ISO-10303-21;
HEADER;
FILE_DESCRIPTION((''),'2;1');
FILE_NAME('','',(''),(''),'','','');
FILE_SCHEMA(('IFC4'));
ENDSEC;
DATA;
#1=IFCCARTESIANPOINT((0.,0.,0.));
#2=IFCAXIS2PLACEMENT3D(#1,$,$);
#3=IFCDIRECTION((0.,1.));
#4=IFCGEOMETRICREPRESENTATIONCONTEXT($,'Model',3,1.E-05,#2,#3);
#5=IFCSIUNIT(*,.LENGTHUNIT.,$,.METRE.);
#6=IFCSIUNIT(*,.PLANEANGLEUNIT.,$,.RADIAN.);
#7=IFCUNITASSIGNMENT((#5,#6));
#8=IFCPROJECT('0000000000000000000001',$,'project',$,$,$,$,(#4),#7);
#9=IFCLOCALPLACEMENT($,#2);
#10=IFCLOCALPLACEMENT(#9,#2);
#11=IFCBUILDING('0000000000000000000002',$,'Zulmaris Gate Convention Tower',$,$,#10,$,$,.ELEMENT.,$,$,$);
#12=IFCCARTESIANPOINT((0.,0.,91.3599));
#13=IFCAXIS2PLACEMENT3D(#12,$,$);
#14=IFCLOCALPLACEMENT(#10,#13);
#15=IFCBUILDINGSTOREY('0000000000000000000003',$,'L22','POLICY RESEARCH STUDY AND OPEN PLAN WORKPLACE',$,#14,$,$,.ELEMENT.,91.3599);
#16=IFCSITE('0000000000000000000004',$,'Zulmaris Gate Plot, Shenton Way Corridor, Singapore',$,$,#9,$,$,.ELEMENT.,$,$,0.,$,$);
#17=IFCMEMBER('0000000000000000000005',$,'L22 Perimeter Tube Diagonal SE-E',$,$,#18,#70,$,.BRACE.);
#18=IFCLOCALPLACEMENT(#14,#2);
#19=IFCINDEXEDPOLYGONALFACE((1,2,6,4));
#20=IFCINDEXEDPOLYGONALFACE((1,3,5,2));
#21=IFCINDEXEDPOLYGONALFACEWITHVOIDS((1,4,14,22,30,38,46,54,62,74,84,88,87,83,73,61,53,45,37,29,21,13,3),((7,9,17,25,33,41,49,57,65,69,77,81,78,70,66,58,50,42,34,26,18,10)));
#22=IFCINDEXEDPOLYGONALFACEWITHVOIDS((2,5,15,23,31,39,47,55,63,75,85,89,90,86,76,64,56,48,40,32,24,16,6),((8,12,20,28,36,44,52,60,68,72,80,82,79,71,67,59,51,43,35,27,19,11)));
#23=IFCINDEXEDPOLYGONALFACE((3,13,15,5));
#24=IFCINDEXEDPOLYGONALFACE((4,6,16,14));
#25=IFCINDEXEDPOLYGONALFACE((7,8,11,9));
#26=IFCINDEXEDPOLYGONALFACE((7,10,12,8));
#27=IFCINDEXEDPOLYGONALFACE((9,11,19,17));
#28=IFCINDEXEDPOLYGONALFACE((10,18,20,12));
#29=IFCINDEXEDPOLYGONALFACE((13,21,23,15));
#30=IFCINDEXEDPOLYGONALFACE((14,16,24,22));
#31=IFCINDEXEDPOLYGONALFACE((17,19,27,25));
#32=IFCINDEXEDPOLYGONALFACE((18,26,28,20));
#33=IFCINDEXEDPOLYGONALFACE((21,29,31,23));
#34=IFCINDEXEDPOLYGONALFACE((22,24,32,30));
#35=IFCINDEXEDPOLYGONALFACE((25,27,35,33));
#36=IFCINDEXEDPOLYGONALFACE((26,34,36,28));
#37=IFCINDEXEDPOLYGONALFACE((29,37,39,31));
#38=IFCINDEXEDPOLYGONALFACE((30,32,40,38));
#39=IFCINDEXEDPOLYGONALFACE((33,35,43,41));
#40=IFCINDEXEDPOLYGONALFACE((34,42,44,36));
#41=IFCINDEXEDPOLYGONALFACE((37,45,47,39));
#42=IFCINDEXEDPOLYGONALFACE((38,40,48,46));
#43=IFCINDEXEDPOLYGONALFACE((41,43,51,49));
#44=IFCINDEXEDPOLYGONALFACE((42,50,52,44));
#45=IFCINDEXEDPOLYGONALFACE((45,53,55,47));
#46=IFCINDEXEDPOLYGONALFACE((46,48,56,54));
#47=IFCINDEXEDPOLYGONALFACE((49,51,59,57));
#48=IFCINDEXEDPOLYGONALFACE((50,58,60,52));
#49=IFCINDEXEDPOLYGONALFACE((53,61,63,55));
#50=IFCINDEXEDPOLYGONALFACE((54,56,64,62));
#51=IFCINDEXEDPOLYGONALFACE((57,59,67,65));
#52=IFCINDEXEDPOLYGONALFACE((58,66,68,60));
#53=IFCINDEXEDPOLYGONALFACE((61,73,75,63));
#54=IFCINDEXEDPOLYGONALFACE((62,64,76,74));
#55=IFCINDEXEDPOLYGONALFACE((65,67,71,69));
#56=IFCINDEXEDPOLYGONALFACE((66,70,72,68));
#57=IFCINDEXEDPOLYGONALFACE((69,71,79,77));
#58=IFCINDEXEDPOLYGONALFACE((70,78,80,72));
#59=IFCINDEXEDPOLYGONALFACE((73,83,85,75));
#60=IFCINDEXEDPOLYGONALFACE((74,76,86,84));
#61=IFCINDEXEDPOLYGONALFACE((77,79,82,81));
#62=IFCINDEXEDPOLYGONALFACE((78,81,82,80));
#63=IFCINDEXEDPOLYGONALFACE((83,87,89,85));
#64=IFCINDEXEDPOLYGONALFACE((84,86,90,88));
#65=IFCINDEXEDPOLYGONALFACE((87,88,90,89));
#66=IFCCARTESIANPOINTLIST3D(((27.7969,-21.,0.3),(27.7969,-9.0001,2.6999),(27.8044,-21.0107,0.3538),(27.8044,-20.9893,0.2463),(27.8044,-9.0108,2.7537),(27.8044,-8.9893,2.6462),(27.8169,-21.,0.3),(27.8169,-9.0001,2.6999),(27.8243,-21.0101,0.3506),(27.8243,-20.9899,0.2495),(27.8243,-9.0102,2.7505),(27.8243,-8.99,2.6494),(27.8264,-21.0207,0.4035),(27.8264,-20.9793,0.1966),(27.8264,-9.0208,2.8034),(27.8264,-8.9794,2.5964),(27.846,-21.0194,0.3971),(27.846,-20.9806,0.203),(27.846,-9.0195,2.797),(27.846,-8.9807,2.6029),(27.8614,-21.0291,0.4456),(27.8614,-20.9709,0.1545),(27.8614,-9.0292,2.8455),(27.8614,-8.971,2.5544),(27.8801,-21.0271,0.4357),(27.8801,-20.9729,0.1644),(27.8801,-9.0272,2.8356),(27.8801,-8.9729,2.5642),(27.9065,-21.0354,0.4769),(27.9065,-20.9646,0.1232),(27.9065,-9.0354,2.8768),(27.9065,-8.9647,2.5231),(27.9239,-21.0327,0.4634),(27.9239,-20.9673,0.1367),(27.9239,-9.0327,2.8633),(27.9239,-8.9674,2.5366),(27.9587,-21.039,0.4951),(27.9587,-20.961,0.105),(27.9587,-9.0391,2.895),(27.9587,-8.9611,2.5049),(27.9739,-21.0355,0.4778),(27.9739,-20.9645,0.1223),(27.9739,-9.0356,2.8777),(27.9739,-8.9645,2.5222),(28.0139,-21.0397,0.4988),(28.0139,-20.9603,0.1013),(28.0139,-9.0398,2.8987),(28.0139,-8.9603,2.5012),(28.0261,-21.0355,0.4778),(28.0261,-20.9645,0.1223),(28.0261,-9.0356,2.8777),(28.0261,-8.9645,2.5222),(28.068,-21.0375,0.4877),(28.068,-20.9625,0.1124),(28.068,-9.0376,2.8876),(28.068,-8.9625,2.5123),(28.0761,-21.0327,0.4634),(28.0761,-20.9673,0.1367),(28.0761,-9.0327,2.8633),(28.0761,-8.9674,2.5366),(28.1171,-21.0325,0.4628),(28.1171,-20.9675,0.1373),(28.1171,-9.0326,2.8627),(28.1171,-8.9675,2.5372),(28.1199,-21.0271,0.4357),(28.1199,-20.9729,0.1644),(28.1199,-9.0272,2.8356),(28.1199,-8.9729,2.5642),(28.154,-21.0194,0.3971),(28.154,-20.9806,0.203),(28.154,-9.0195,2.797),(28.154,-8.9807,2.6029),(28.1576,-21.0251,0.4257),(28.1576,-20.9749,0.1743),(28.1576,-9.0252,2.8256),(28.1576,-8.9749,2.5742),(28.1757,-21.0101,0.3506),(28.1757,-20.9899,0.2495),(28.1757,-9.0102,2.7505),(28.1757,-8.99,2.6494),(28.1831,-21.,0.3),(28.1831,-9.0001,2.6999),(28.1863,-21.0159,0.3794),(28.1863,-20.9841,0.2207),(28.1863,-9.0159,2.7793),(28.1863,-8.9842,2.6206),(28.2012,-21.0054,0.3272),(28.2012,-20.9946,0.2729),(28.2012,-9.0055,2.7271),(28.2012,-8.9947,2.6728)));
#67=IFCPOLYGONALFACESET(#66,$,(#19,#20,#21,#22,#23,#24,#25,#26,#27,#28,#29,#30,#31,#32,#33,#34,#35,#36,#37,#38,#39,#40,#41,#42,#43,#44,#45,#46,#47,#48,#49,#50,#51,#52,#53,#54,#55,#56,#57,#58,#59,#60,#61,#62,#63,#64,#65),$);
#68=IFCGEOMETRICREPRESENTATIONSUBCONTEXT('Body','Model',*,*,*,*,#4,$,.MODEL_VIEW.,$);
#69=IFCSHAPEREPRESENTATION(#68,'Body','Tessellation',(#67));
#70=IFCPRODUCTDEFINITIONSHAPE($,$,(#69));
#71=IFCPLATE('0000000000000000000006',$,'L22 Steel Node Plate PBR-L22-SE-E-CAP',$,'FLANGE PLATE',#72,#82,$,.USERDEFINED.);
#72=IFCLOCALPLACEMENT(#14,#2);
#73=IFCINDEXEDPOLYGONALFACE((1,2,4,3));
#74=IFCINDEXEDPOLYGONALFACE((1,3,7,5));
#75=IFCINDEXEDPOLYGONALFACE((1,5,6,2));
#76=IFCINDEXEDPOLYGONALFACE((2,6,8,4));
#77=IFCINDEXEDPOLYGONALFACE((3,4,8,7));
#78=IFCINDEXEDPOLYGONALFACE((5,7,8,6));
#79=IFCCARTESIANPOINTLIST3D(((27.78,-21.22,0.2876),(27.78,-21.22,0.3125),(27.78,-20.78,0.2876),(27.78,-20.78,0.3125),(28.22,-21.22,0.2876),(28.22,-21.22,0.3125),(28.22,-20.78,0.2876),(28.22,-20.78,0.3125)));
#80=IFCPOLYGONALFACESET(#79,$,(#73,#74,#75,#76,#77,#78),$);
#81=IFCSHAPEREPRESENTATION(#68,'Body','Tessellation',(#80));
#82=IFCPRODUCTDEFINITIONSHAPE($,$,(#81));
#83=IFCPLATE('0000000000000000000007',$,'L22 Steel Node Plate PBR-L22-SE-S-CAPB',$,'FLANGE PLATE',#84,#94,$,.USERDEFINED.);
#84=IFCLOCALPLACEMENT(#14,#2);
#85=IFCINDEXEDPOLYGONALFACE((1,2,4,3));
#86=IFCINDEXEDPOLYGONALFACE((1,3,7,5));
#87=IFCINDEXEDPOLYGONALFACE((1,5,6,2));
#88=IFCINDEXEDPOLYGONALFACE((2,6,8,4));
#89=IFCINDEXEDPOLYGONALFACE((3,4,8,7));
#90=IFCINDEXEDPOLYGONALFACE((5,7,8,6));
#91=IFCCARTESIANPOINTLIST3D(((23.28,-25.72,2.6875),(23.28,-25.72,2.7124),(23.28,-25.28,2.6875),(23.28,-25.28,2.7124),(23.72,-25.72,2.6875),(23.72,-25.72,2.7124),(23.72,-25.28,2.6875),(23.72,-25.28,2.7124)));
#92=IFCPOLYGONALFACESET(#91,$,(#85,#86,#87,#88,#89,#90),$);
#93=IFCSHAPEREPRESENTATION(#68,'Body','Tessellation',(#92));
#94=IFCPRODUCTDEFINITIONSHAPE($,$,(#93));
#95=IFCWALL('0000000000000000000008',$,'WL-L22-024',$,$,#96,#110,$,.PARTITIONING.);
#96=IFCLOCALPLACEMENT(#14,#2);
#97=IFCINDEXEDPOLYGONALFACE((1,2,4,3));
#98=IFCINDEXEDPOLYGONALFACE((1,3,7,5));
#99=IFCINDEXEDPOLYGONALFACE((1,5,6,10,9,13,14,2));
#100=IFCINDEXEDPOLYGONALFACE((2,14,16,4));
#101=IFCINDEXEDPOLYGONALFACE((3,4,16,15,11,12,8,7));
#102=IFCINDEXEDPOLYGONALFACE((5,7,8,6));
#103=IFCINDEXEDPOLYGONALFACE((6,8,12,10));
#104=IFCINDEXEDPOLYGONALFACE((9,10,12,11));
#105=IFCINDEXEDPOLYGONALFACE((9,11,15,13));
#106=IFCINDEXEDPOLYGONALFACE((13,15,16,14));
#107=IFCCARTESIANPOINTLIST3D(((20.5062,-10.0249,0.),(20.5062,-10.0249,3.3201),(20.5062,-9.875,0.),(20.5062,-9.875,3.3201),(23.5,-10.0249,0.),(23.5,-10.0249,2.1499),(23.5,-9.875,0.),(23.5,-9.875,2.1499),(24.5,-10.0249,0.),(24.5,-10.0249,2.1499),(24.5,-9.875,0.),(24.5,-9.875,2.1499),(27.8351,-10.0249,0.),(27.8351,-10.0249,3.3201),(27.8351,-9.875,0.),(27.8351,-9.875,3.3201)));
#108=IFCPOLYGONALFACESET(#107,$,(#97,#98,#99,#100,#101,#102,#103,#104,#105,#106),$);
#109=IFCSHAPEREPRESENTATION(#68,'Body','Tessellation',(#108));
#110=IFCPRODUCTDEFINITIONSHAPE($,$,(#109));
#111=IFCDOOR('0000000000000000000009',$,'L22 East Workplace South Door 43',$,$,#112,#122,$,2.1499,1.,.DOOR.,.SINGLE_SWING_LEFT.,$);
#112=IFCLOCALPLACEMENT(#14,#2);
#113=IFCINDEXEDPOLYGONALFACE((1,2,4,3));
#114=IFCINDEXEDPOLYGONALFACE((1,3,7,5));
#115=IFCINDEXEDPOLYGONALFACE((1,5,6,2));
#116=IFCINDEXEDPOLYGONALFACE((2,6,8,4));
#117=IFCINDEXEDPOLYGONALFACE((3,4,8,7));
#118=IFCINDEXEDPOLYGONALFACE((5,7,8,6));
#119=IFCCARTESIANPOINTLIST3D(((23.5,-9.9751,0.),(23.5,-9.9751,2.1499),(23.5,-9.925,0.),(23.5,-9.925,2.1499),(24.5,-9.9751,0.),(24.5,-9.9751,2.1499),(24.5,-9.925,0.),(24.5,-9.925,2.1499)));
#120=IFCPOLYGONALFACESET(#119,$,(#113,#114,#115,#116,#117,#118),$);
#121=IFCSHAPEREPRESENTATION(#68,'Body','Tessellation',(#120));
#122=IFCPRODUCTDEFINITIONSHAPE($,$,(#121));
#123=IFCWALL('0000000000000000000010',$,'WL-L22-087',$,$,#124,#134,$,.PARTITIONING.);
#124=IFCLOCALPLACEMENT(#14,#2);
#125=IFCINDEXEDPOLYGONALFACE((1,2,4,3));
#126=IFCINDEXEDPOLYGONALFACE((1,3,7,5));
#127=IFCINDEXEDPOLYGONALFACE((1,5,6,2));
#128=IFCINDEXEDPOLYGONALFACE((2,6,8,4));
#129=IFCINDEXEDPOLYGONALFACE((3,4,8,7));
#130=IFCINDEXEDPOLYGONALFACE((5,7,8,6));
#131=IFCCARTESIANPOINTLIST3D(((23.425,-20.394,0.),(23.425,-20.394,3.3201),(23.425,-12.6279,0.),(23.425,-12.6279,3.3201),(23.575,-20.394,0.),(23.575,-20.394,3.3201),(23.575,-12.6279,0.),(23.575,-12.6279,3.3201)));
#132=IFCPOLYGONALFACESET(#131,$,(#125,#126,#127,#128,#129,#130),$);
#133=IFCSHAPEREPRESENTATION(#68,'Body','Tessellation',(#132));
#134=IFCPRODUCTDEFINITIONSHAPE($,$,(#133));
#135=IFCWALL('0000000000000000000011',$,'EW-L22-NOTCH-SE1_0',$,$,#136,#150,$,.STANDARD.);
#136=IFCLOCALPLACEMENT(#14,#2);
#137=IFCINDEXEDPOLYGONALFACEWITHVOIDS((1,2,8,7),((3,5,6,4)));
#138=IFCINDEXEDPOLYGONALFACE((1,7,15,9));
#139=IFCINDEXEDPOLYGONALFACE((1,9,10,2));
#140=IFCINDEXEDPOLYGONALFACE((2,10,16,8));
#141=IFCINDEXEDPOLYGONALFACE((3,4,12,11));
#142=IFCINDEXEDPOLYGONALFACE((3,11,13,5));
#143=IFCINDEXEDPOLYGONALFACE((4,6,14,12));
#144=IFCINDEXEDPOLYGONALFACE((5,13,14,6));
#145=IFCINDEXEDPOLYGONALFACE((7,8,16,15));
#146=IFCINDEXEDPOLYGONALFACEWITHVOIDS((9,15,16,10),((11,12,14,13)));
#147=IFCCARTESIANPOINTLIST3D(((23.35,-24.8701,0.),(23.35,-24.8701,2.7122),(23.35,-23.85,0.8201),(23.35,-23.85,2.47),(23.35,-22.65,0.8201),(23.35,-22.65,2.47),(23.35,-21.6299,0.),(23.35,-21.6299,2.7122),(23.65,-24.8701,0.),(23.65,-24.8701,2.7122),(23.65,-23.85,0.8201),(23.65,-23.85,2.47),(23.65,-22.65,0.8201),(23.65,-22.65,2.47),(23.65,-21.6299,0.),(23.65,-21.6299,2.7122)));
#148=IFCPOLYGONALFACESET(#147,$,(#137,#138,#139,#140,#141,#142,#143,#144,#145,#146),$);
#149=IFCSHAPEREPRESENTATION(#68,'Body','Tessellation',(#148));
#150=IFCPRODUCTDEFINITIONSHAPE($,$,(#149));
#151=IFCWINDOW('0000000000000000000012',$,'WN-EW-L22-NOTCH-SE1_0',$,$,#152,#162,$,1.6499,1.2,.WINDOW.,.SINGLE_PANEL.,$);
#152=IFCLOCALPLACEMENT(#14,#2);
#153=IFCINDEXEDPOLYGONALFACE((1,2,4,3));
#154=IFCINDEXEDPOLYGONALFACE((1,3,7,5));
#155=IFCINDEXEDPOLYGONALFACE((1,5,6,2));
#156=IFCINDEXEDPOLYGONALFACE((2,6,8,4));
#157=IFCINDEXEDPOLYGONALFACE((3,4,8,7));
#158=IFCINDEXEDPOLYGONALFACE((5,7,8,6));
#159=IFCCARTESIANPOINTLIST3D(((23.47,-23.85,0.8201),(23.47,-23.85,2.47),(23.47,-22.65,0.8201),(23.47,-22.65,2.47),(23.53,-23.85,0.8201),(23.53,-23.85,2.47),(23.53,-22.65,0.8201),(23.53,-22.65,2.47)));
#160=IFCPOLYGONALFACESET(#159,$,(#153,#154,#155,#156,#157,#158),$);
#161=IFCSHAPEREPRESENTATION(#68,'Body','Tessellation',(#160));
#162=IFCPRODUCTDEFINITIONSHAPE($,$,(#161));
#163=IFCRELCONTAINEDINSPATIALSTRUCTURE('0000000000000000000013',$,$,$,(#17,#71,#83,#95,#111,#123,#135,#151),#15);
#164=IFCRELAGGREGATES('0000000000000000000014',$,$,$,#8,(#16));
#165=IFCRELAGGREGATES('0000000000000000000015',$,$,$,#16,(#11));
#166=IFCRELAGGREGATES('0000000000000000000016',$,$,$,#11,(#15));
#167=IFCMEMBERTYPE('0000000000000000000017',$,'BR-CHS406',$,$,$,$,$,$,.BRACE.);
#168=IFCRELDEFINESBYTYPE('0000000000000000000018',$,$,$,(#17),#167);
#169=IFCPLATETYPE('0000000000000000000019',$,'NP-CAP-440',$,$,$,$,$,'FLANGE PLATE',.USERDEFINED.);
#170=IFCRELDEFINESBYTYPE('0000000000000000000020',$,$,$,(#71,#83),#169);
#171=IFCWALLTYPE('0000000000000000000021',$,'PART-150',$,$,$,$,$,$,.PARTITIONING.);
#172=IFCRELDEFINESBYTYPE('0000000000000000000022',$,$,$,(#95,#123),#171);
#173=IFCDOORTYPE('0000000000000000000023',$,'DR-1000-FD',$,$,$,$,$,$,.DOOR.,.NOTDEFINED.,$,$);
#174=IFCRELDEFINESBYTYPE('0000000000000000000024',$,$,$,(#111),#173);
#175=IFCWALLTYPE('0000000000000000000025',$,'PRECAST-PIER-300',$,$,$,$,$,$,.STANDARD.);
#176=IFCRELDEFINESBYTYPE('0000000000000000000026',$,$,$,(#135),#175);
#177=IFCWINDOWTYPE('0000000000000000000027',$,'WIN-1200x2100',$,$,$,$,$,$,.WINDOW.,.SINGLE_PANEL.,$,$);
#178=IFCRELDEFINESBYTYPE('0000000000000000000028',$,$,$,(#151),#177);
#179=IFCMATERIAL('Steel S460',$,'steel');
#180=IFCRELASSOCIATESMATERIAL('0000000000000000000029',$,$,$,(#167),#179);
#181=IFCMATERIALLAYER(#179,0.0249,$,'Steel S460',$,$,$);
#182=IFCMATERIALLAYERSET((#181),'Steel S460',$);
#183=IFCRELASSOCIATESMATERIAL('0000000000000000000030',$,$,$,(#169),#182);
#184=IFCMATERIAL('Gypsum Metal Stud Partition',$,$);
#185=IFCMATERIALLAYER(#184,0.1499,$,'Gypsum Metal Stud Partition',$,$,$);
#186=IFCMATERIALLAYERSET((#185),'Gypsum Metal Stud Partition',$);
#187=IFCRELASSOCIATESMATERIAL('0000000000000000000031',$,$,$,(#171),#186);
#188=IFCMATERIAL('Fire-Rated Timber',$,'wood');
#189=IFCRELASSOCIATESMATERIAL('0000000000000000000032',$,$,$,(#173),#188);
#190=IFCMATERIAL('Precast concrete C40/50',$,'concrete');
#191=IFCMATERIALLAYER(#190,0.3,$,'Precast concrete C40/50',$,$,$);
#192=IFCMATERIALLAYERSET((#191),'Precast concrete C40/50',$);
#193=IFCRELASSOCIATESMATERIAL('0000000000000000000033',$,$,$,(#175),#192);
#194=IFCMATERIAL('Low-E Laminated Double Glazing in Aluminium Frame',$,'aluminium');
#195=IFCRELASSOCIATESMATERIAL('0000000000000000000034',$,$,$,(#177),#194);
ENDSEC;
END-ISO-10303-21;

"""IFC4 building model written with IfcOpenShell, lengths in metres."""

from ifc_helpers import new_model, si_unit, direction, frame, frame_2d, origin, origin_2d, place, context, subcontext, project, spatial, rectangle, hollow_circle, extrude, material, layer, layer_set, material_profile, profile_set, type_object, element, fill, save


model = new_model("IFC4")

# Units and contexts
model_context = context("Model", 3, precision=1e-05, world=origin(), true_north=direction((0.0, 1.0)))
body_context = subcontext(model_context, "Body", "Model", "MODEL_VIEW")
ifc_project = project(units=[si_unit("LENGTHUNIT", "METRE"), si_unit("PLANEANGLEUNIT", "RADIAN")], contexts=[model_context])

# Site, building, storey
site_placement = place(None, origin())
site = spatial("IfcSite", under=ifc_project, at=site_placement, Name="Zulmaris Gate Plot, Shenton Way Corridor, Singapore", CompositionType="ELEMENT", RefElevation=0.0)
building_placement = place(site_placement, origin())
building = spatial("IfcBuilding", under=site, at=building_placement, Name="Zulmaris Gate Convention Tower", CompositionType="ELEMENT")
storey_placement = place(building_placement, frame((0.0, 0.0, 91.3599)))
storey = spatial("IfcBuildingStorey", under=building, at=storey_placement, Name="L22", Description="POLICY RESEARCH STUDY AND OPEN PLAN WORKPLACE", CompositionType="ELEMENT", Elevation=91.3599)

# Member
ifc_material_1 = material(Name="Steel S460", Category="steel")
ifc_material_profile_1 = material_profile(ifc_material_1, hollow_circle(Radius=0.2031, WallThickness=0.02, at=origin_2d()), Name="CHS 406.4x20")
ifc_profile_set_1 = profile_set([ifc_material_profile_1], Name="Steel S460")
member_type = type_object("IfcMemberType", Name="BR-CHS406", PredefinedType="BRACE", material=ifc_profile_set_1)
member_placement = place(storey_placement, frame((28.0, -21.0, 0.3), z_axis=(0.0, 0.980582, 0.196108), x_axis=(-1.0, 0.0, 0.0)))
element("IfcMember", 1, at=member_placement, inside=storey, type_object=member_type, Name="L22 Perimeter Tube Diagonal SE-E", PredefinedType="BRACE", context=body_context, shape_type="SweptSolid", body=[
    extrude(hollow_circle(Radius=0.2031, WallThickness=0.02, at=origin_2d()), origin(), (0.0, 0.0, 1.0), 12.2375),
])

# Plates
ifc_layer_1 = layer(ifc_material_1, 0.0249, Name="Steel S460")
ifc_layer_set_1 = layer_set([ifc_layer_1], Name="Steel S460")
plate_type = type_object("IfcPlateType", Name="NP-CAP-440", ElementType="FLANGE PLATE", PredefinedType="USERDEFINED", material=ifc_layer_set_1)
for number, where, z_axis, x_axis, name in (
    (2, (28.0, -21.0, 0.2876), (0.0, 0.0, 1.0), (1.0, 0.0, 0.0), "L22 Steel Node Plate PBR-L22-SE-E-CAP"),
    (3, (23.5, -25.5, 2.6875), (0.0, 0.0, 1.0), (1.0, 0.0, 0.0), "L22 Steel Node Plate PBR-L22-SE-S-CAPB"),
):
    element("IfcPlate", number, at=place(storey_placement, frame(where, z_axis=z_axis, x_axis=x_axis)), inside=storey, type_object=plate_type, Name=name, ObjectType="FLANGE PLATE", PredefinedType="USERDEFINED", context=body_context, shape_type="SweptSolid", body=[
        extrude(rectangle(XDim=0.4399, YDim=0.4399, at=origin_2d()), origin(), (0.0, 0.0, 1.0), 0.0249),
    ])

# Wall, opening, door
ifc_material_2 = material(Name="Gypsum Metal Stud Partition")
ifc_layer_2 = layer(ifc_material_2, 0.1499, Name="Gypsum Metal Stud Partition")
ifc_layer_set_2 = layer_set([ifc_layer_2], Name="Gypsum Metal Stud Partition")
wall_type_1 = type_object("IfcWallType", Name="PART-150", PredefinedType="PARTITIONING", material=ifc_layer_set_2)
wall_1_placement = place(storey_placement, frame((20.5061, -9.95, 0.0), z_axis=(0.0, 0.0, 1.0), x_axis=(1.0, 0.0, 0.0)))
wall_1 = element("IfcWall", 4, at=wall_1_placement, inside=storey, type_object=wall_type_1, Name="WL-L22-024", PredefinedType="PARTITIONING", context=body_context, shape_type="SweptSolid", body=[
    extrude(rectangle(XDim=7.3289, YDim=0.1499, at=frame_2d((3.6646, 0.0))), origin(), (0.0, 0.0, 1.0), 3.3201),
])
opening_1_placement = place(wall_1_placement, frame((2.9939, 0.0, 0.0)))
opening_1 = element("IfcOpeningElement", 5, at=opening_1_placement, cuts=wall_1, PredefinedType="OPENING", context=body_context, shape_type="SweptSolid", body=[
    extrude(rectangle(XDim=1.0, YDim=2.1499, at=frame_2d((0.5, 1.075))), frame((0.0, 0.085, 0.0), z_axis=(0.0, -1.0, 0.0), x_axis=(1.0, 0.0, 0.0)), (0.0, 0.0, 1.0), 0.1699),
])
ifc_material_3 = material(Name="Fire-Rated Timber", Category="wood")
door_type_1 = type_object("IfcDoorType", Name="DR-1000-FD", OperationType="NOTDEFINED", PredefinedType="DOOR", material=ifc_material_3)
door_1_placement = place(opening_1_placement, origin())
door_1 = element("IfcDoor", 6, at=door_1_placement, inside=storey, type_object=door_type_1, Name="L22 East Workplace South Door 43", OperationType="SINGLE_SWING_LEFT", OverallHeight=2.1499, OverallWidth=1.0, PredefinedType="DOOR", context=body_context, shape_type="SweptSolid", body=[
    extrude(rectangle(XDim=1.0, YDim=2.1499, at=frame_2d((0.5, 1.075))), frame((0.0, 0.0249, 0.0), z_axis=(0.0, -1.0, 0.0), x_axis=(1.0, 0.0, 0.0)), (0.0, 0.0, 1.0), 0.05),
])
fill(opening_1, door_1)

# Wall
wall_2_placement = place(storey_placement, frame((23.5, -20.394, 0.0), z_axis=(0.0, 0.0, 1.0), x_axis=(0.0, 1.0, 0.0)))
element("IfcWall", 7, at=wall_2_placement, inside=storey, type_object=wall_type_1, Name="WL-L22-087", PredefinedType="PARTITIONING", context=body_context, shape_type="SweptSolid", body=[
    extrude(rectangle(XDim=7.7661, YDim=0.1499, at=frame_2d((3.8831, 0.0))), origin(), (0.0, 0.0, 1.0), 3.3201),
])

# Wall, opening, window
ifc_material_4 = material(Name="Precast concrete C40/50", Category="concrete")
ifc_layer_3 = layer(ifc_material_4, 0.3, Name="Precast concrete C40/50")
ifc_layer_set_3 = layer_set([ifc_layer_3], Name="Precast concrete C40/50")
wall_type_2 = type_object("IfcWallType", Name="PRECAST-PIER-300", PredefinedType="STANDARD", material=ifc_layer_set_3)
wall_3_placement = place(storey_placement, frame((23.5, -24.8701, 0.0), z_axis=(0.0, 0.0, 1.0), x_axis=(0.0, 1.0, 0.0)))
wall_3 = element("IfcWall", 8, at=wall_3_placement, inside=storey, type_object=wall_type_2, Name="EW-L22-NOTCH-SE1_0", PredefinedType="STANDARD", context=body_context, shape_type="SweptSolid", body=[
    extrude(rectangle(XDim=3.2402, YDim=0.3, at=frame_2d((1.6201, 0.0))), origin(), (0.0, 0.0, 1.0), 2.7122),
])
opening_2_placement = place(wall_3_placement, frame((1.02, 0.0, 0.8201)))
opening_2 = element("IfcOpeningElement", 9, at=opening_2_placement, cuts=wall_3, PredefinedType="OPENING", context=body_context, shape_type="SweptSolid", body=[
    extrude(rectangle(XDim=1.2, YDim=1.6499, at=frame_2d((0.6001, 0.825))), frame((0.0, 0.1602, 0.0), z_axis=(0.0, -1.0, 0.0), x_axis=(1.0, 0.0, 0.0)), (0.0, 0.0, 1.0), 0.3201),
])
ifc_material_5 = material(Name="Low-E Laminated Double Glazing in Aluminium Frame", Category="aluminium")
window_type = type_object("IfcWindowType", Name="WIN-1200x2100", PartitioningType="SINGLE_PANEL", PredefinedType="WINDOW", material=ifc_material_5)
window_1_placement = place(opening_2_placement, origin())
window_1 = element("IfcWindow", 10, at=window_1_placement, inside=storey, type_object=window_type, Name="WN-EW-L22-NOTCH-SE1_0", OverallHeight=1.6499, OverallWidth=1.2, PartitioningType="SINGLE_PANEL", PredefinedType="WINDOW", context=body_context, shape_type="SweptSolid", body=[
    extrude(rectangle(XDim=1.2, YDim=1.6499, at=frame_2d((0.6001, 0.825))), frame((0.0, 0.03, 0.0), z_axis=(0.0, -1.0, 0.0), x_axis=(1.0, 0.0, 0.0)), (0.0, 0.0, 1.0), 0.0601),
])
fill(opening_2, window_1)

save(model, "model.ifc")
